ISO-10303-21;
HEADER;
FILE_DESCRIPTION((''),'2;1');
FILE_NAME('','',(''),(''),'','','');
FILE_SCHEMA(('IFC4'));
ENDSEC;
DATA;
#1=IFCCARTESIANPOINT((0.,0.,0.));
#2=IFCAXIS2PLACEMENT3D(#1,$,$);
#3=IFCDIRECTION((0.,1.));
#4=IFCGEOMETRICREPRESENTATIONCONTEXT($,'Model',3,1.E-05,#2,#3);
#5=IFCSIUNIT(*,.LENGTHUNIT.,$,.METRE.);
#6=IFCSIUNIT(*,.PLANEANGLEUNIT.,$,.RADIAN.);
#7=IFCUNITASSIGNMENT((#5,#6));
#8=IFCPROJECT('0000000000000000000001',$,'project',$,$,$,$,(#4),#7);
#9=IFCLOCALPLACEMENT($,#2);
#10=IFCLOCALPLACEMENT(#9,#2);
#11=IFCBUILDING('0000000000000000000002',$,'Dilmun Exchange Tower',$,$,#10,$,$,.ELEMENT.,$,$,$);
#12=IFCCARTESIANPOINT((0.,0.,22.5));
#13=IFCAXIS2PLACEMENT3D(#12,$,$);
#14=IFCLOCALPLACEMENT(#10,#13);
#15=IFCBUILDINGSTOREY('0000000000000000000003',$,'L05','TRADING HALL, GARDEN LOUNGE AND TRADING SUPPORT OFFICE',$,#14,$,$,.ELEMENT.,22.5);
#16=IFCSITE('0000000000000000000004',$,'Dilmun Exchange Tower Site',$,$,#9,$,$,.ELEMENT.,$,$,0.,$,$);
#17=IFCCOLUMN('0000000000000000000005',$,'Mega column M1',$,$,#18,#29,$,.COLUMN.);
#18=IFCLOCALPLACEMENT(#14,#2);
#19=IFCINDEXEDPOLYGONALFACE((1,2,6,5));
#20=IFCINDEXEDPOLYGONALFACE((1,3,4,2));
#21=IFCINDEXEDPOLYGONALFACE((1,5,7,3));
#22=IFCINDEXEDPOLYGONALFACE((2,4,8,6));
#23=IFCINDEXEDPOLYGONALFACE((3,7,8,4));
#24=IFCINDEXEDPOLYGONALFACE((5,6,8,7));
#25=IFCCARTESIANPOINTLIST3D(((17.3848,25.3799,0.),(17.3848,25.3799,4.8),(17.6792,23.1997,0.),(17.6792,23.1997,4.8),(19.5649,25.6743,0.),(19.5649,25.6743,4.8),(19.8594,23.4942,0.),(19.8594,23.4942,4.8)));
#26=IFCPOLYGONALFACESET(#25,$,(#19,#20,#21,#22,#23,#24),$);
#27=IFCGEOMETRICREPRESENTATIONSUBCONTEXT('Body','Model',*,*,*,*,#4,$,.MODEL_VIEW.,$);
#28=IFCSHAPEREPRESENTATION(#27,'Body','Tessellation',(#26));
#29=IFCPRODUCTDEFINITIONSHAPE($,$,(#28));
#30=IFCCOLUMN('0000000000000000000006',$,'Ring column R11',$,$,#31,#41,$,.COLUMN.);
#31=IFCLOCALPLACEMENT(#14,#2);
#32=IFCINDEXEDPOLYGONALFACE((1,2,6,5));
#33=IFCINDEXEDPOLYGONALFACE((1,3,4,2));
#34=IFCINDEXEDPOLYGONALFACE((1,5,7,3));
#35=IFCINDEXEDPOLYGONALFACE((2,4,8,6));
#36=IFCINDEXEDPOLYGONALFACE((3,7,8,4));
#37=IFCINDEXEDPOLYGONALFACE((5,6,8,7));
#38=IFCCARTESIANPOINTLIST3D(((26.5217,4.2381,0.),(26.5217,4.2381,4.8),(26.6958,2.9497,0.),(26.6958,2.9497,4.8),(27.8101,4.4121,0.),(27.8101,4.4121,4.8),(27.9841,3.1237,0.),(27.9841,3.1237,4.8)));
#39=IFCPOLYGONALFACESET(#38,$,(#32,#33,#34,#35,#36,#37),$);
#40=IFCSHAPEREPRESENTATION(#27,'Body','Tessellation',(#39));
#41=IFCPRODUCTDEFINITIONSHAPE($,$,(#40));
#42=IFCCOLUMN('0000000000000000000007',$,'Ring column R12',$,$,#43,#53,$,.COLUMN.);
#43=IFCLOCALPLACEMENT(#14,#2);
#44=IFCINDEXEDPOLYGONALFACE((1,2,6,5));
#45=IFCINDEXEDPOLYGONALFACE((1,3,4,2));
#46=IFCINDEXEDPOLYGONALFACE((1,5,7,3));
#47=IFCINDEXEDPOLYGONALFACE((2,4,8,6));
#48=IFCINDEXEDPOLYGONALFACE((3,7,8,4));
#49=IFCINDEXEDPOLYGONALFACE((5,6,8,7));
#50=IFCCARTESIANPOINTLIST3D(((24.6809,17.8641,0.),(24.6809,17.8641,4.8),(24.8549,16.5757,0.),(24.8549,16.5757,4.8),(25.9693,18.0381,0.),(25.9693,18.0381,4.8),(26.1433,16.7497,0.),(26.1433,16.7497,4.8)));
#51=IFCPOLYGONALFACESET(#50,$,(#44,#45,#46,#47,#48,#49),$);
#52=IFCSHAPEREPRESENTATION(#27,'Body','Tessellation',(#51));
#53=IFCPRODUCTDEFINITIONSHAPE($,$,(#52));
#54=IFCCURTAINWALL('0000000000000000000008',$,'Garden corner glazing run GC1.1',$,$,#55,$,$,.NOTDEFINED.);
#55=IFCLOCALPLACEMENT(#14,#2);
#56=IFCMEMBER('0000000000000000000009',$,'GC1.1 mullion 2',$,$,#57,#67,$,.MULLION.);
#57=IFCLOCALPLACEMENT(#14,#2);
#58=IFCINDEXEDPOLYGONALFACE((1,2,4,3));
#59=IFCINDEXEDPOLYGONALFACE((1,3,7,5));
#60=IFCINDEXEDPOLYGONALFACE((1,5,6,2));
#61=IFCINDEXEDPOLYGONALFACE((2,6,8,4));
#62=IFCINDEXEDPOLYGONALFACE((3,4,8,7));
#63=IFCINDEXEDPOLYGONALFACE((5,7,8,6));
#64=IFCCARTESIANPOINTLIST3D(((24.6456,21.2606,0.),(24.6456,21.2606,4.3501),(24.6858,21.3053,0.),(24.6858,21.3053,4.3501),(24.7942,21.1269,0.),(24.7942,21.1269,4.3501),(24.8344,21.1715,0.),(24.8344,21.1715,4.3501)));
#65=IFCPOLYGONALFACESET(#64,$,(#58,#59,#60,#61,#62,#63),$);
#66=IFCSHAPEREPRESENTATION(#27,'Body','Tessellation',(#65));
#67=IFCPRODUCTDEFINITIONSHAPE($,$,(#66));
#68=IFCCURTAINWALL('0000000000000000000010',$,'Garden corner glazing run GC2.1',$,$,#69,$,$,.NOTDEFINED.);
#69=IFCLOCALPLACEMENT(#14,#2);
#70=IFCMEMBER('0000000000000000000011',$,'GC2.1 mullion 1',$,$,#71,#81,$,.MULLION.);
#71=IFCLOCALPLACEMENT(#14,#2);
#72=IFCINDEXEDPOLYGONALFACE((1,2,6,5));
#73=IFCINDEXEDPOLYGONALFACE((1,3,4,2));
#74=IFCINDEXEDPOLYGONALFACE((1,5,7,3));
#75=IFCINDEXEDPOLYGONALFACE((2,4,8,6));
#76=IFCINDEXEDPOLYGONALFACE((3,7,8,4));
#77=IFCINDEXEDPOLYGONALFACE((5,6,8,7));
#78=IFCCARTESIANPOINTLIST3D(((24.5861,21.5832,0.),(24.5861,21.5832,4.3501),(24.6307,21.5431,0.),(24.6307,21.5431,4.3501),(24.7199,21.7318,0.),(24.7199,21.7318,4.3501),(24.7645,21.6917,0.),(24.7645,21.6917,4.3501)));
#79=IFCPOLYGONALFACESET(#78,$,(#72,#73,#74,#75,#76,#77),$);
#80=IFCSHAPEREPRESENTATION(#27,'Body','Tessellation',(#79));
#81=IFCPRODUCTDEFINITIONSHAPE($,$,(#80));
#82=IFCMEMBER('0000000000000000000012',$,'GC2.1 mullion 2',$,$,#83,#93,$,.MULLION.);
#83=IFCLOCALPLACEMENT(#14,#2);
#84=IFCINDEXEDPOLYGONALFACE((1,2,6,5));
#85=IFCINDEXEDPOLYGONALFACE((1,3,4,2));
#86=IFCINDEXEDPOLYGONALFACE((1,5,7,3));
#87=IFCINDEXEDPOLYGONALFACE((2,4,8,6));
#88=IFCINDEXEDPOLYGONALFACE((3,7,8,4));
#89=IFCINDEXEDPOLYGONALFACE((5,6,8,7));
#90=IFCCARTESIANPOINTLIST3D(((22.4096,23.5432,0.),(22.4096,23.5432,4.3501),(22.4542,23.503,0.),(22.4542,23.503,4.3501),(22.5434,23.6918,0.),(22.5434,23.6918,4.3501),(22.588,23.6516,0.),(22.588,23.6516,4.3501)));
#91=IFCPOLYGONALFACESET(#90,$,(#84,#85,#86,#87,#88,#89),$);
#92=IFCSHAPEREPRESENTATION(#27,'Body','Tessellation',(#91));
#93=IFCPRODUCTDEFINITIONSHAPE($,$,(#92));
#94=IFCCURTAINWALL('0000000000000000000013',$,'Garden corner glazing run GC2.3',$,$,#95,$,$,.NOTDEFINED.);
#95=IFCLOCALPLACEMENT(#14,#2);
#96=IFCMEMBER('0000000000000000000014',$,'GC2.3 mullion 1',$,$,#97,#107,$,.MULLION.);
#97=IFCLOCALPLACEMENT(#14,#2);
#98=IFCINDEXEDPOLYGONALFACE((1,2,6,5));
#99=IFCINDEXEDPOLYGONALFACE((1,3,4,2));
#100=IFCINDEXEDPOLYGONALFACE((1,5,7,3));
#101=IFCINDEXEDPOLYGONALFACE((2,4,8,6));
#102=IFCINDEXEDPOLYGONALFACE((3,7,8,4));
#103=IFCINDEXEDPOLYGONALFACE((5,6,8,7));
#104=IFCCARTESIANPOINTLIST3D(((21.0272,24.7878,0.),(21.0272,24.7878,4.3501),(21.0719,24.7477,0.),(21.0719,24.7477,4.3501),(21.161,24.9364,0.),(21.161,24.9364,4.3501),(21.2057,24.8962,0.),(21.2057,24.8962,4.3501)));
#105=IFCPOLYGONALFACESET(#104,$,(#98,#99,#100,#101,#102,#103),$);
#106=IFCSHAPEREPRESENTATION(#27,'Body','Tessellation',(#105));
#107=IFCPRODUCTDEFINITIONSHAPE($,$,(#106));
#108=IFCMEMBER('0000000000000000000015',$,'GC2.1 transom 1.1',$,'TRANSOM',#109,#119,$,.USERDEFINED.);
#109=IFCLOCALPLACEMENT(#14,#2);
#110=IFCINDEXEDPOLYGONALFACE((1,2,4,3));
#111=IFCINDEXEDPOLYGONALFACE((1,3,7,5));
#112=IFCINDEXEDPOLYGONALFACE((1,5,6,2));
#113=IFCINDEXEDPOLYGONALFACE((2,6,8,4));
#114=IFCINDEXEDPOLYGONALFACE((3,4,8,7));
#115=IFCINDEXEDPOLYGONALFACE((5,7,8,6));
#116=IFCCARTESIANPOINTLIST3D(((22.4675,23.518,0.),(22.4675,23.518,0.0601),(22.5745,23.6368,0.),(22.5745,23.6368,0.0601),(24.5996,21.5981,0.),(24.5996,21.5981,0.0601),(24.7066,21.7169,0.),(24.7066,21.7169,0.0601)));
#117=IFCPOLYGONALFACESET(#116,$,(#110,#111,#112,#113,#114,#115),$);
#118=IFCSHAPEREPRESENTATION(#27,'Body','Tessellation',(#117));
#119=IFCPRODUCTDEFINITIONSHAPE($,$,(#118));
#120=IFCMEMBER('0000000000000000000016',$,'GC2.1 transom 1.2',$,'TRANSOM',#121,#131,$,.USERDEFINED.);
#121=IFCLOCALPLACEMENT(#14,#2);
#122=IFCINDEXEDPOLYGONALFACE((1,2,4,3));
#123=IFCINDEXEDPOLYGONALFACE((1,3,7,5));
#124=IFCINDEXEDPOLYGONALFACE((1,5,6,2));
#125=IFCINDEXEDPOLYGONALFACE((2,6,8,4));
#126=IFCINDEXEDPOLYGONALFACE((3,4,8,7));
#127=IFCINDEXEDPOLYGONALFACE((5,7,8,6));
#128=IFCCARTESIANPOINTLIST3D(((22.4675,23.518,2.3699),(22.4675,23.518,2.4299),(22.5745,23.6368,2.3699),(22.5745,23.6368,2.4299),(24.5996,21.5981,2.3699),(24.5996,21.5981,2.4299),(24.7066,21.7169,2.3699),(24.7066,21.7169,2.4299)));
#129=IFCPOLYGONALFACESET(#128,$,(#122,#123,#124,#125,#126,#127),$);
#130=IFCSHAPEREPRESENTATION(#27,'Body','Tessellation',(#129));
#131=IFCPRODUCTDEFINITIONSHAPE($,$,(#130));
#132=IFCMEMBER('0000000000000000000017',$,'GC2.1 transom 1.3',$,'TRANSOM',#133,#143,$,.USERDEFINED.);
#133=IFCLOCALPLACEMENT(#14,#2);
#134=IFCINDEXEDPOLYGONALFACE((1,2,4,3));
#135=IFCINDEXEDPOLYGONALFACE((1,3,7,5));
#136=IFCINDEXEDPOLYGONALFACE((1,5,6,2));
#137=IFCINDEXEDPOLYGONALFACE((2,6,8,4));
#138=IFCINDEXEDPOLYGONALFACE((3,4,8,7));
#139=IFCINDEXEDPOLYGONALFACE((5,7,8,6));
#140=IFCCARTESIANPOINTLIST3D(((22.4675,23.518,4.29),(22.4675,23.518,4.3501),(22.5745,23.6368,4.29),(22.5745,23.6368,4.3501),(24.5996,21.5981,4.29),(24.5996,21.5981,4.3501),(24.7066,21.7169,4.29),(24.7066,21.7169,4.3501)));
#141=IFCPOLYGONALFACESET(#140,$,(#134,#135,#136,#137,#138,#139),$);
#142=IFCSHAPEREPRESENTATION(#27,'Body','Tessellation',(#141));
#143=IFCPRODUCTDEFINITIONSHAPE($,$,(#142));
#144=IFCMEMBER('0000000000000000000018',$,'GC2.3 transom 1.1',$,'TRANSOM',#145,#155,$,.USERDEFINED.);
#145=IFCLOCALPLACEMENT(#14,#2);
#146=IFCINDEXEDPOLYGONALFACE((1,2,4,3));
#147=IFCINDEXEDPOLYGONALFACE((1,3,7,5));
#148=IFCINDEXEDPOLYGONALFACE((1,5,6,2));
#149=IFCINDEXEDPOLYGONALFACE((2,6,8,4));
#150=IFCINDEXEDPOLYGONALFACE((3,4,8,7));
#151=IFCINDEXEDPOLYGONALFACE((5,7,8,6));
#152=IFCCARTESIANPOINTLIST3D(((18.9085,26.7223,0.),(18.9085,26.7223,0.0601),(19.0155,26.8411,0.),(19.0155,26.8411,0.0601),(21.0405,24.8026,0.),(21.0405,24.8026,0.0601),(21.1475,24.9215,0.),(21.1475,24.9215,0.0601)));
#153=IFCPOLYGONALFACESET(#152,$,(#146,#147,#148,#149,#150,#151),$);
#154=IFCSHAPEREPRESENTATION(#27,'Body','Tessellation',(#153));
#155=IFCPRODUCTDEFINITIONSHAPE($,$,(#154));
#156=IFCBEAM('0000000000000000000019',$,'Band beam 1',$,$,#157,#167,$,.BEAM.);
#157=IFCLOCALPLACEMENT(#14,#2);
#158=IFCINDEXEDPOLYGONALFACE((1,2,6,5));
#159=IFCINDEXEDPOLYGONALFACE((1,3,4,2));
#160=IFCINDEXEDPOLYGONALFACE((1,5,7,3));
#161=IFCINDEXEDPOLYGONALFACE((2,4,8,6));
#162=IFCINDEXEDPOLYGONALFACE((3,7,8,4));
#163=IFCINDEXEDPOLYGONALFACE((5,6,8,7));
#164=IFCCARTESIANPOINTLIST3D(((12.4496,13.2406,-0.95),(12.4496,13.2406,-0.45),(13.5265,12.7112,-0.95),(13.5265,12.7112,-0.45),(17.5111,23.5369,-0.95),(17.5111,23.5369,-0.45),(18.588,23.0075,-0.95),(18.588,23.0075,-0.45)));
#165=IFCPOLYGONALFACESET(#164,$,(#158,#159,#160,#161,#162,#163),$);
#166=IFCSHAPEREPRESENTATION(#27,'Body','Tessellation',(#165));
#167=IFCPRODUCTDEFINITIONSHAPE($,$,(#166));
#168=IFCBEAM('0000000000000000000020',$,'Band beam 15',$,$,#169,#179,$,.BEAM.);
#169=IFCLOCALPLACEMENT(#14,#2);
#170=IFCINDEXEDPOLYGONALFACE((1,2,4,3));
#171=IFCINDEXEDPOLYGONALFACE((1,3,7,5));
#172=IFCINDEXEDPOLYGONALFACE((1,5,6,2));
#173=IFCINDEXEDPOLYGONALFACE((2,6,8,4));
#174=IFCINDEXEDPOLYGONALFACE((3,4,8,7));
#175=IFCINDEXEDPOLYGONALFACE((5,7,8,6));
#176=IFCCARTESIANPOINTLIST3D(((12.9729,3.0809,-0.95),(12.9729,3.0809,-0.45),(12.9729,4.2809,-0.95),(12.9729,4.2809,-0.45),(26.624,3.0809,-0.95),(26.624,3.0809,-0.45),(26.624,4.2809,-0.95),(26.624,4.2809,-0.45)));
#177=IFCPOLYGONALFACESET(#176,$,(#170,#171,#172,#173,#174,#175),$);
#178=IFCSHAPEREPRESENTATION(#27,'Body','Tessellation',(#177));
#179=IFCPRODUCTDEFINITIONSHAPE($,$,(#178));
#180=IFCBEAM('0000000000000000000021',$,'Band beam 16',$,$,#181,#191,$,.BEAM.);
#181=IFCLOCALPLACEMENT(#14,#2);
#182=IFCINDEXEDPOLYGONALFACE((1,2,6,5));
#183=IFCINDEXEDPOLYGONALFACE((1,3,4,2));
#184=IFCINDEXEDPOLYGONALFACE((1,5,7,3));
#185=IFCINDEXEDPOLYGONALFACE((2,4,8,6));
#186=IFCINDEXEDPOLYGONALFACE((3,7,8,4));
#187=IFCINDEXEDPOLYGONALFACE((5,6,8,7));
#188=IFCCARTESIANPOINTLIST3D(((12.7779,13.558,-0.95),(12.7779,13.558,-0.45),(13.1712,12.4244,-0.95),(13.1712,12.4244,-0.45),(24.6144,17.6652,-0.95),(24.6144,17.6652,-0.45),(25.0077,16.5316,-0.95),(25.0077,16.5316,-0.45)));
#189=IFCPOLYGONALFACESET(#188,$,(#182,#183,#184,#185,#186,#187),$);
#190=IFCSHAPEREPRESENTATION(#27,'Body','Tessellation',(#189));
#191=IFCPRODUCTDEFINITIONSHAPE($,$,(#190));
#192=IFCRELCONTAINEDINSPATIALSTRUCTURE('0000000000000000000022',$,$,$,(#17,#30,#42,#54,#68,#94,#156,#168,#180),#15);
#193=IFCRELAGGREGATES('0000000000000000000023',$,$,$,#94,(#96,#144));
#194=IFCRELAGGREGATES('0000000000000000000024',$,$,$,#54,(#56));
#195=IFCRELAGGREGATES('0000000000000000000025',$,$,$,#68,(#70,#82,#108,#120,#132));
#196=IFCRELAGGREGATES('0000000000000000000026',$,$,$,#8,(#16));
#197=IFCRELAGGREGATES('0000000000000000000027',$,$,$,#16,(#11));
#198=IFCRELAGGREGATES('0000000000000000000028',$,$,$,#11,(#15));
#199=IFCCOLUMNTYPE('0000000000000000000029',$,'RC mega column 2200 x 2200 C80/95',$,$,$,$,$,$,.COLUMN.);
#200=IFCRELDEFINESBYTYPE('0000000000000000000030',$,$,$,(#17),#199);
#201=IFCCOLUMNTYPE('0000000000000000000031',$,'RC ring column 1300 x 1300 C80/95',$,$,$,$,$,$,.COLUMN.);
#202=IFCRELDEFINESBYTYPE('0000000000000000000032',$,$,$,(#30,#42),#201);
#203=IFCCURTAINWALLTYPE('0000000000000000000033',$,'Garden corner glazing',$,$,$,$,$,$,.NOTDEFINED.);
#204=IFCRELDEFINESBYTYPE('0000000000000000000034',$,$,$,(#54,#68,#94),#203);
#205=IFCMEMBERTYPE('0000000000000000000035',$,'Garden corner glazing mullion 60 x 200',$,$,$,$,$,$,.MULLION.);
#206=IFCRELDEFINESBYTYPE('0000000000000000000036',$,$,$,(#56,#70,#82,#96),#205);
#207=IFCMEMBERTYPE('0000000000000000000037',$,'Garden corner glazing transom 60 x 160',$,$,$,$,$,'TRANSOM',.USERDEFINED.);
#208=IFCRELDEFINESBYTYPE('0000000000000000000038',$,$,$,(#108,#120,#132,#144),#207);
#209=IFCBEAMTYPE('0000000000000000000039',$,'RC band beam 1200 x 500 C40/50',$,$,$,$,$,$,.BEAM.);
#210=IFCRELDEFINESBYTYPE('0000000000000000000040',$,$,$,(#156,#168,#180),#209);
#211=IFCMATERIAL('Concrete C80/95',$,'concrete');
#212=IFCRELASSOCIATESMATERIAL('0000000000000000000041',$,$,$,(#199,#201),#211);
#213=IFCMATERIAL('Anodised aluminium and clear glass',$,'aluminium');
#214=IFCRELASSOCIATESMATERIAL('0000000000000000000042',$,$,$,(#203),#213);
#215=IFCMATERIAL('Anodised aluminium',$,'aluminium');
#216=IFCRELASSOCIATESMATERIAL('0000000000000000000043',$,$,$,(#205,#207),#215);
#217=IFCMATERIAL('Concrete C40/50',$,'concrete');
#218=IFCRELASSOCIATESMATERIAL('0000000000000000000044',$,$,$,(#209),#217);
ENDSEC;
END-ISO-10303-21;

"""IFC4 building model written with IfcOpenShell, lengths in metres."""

from ifc_helpers import new_model, si_unit, direction, frame, origin, origin_2d, place, context, subcontext, project, spatial, rectangle, extrude, material, material_profile, profile_set, type_object, element, aggregate, save


model = new_model("IFC4")

# Units and contexts
model_context = context("Model", 3, precision=1e-05, world=origin(), true_north=direction((0.0, 1.0)))
body_context = subcontext(model_context, "Body", "Model", "MODEL_VIEW")
ifc_project = project(units=[si_unit("LENGTHUNIT", "METRE"), si_unit("PLANEANGLEUNIT", "RADIAN")], contexts=[model_context])

# Site, building, storey
site_placement = place(None, origin())
site = spatial("IfcSite", under=ifc_project, at=site_placement, Name="Dilmun Exchange Tower Site", CompositionType="ELEMENT", RefElevation=0.0)
building_placement = place(site_placement, origin())
building = spatial("IfcBuilding", under=site, at=building_placement, Name="Dilmun Exchange Tower", CompositionType="ELEMENT")
storey_placement = place(building_placement, frame((0.0, 0.0, 22.5)))
storey = spatial("IfcBuildingStorey", under=building, at=storey_placement, Name="L05", Description="TRADING HALL, GARDEN LOUNGE AND TRADING SUPPORT OFFICE", CompositionType="ELEMENT", Elevation=22.5)

# Columns
ifc_material_1 = material(Name="Concrete C80/95", Category="concrete")
ifc_material_profile_1 = material_profile(ifc_material_1, rectangle(XDim=2.2, YDim=2.2, at=origin_2d()), Name="2200 x 2200")
ifc_profile_set_1 = profile_set([ifc_material_profile_1], Name="Concrete C80/95")
column_type_1 = type_object("IfcColumnType", Name="RC mega column 2200 x 2200 C80/95", PredefinedType="COLUMN", material=ifc_profile_set_1)
column_placement = place(storey_placement, frame((18.6221, 24.437, 0.0), z_axis=(0.0, 0.0, 1.0), x_axis=(0.991001, 0.133853, 0.0)))
element("IfcColumn", 1, at=column_placement, inside=storey, type_object=column_type_1, Name="Mega column M1", PredefinedType="COLUMN", context=body_context, shape_type="SweptSolid", body=[
    extrude(rectangle(XDim=2.2, YDim=2.2, at=origin_2d()), origin(), (0.0, 0.0, 1.0), 4.8),
])
ifc_material_profile_2 = material_profile(ifc_material_1, rectangle(XDim=1.3, YDim=1.3, at=origin_2d()), Name="1300 x 1300")
ifc_profile_set_2 = profile_set([ifc_material_profile_2], Name="Concrete C80/95")
column_type_2 = type_object("IfcColumnType", Name="RC ring column 1300 x 1300 C80/95", PredefinedType="COLUMN", material=ifc_profile_set_2)
for number, where, z_axis, x_axis, name in (
    (2, (27.2529, 3.6809, 0.0), (0.0, 0.0, 1.0), (0.991001, 0.133853, 0.0), "Ring column R11"),
    (3, (25.4121, 17.3069, 0.0), (0.0, 0.0, 1.0), (0.991001, 0.133853, 0.0), "Ring column R12"),
):
    element("IfcColumn", number, at=place(storey_placement, frame(where, z_axis=z_axis, x_axis=x_axis)), inside=storey, type_object=column_type_2, Name=name, PredefinedType="COLUMN", context=body_context, shape_type="SweptSolid", body=[
        extrude(rectangle(XDim=1.3, YDim=1.3, at=origin_2d()), origin(), (0.0, 0.0, 1.0), 4.8),
    ])

# Curtain wall, member
ifc_material_2 = material(Name="Anodised aluminium and clear glass", Category="aluminium")
curtain_wall_type = type_object("IfcCurtainWallType", Name="Garden corner glazing", PredefinedType="NOTDEFINED", material=ifc_material_2)
curtain_wall_1_placement = place(storey_placement, origin())
curtain_wall_1 = element("IfcCurtainWall", 4, at=curtain_wall_1_placement, inside=storey, type_object=curtain_wall_type, Name="Garden corner glazing run GC1.1", PredefinedType="NOTDEFINED")
ifc_material_3 = material(Name="Anodised aluminium", Category="aluminium")
ifc_material_profile_3 = material_profile(ifc_material_3, rectangle(XDim=0.2, YDim=0.0601, at=origin_2d()), Name="AL 60x200")
ifc_profile_set_3 = profile_set([ifc_material_profile_3], Name="Anodised aluminium")
member_type_1 = type_object("IfcMemberType", Name="Garden corner glazing mullion 60 x 200", PredefinedType="MULLION", material=ifc_profile_set_3)
member_1_placement = place(storey_placement, frame((24.74, 21.2161, 0.0), z_axis=(0.0, 0.0, 1.0), x_axis=(0.74315, -0.669125, 0.0)))
member_1 = element("IfcMember", 5, at=member_1_placement, type_object=member_type_1, Name="GC1.1 mullion 2", PredefinedType="MULLION", context=body_context, shape_type="SweptSolid", body=[
    extrude(rectangle(XDim=0.2, YDim=0.0601, at=origin_2d()), origin(), (0.0, 0.0, 1.0), 4.3501),
])

# Curtain wall, members
curtain_wall_2_placement = place(storey_placement, origin())
curtain_wall_2 = element("IfcCurtainWall", 6, at=curtain_wall_2_placement, inside=storey, type_object=curtain_wall_type, Name="Garden corner glazing run GC2.1", PredefinedType="NOTDEFINED")
member_2_placement = place(storey_placement, frame((24.6753, 21.6375, 0.0), z_axis=(0.0, 0.0, 1.0), x_axis=(-0.669137, -0.743139, 0.0)))
member_2 = element("IfcMember", 7, at=member_2_placement, type_object=member_type_1, Name="GC2.1 mullion 1", PredefinedType="MULLION", context=body_context, shape_type="SweptSolid", body=[
    extrude(rectangle(XDim=0.2, YDim=0.0601, at=origin_2d()), origin(), (0.0, 0.0, 1.0), 4.3501),
])
member_3_placement = place(storey_placement, frame((22.4988, 23.5974, 0.0), z_axis=(0.0, 0.0, 1.0), x_axis=(-0.669137, -0.743139, 0.0)))
member_3 = element("IfcMember", 8, at=member_3_placement, type_object=member_type_1, Name="GC2.1 mullion 2", PredefinedType="MULLION", context=body_context, shape_type="SweptSolid", body=[
    extrude(rectangle(XDim=0.2, YDim=0.0601, at=origin_2d()), origin(), (0.0, 0.0, 1.0), 4.3501),
])

# Curtain wall, member
curtain_wall_3_placement = place(storey_placement, origin())
curtain_wall_3 = element("IfcCurtainWall", 9, at=curtain_wall_3_placement, inside=storey, type_object=curtain_wall_type, Name="Garden corner glazing run GC2.3", PredefinedType="NOTDEFINED")
member_4_placement = place(storey_placement, frame((21.1165, 24.842, 0.0), z_axis=(0.0, 0.0, 1.0), x_axis=(-0.669118, -0.743156, 0.0)))
member_4 = element("IfcMember", 10, at=member_4_placement, type_object=member_type_1, Name="GC2.3 mullion 1", PredefinedType="MULLION", context=body_context, shape_type="SweptSolid", body=[
    extrude(rectangle(XDim=0.2, YDim=0.0601, at=origin_2d()), origin(), (0.0, 0.0, 1.0), 4.3501),
])

# Members
ifc_material_profile_4 = material_profile(ifc_material_3, rectangle(XDim=0.1599, YDim=0.0601, at=origin_2d()), Name="AL 60x160")
ifc_profile_set_4 = profile_set([ifc_material_profile_4], Name="Anodised aluminium")
member_type_2 = type_object("IfcMemberType", Name="Garden corner glazing transom 60 x 160", ElementType="TRANSOM", PredefinedType="USERDEFINED", material=ifc_profile_set_4)
member_5_placement = place(storey_placement, frame((24.6531, 21.6575, 0.03), z_axis=(-0.743112, 0.669167, 0.0), x_axis=(-0.669167, -0.743112, 0.0)))
member_5 = element("IfcMember", 11, at=member_5_placement, type_object=member_type_2, Name="GC2.1 transom 1.1", ObjectType="TRANSOM", PredefinedType="USERDEFINED", context=body_context, shape_type="SweptSolid", body=[
    extrude(rectangle(XDim=0.1599, YDim=0.0601, at=origin_2d()), origin(), (0.0, 0.0, 1.0), 2.8691),
])
member_6_placement = place(storey_placement, frame((24.6531, 21.6575, 2.3999), z_axis=(-0.743112, 0.669167, 0.0), x_axis=(-0.669167, -0.743112, 0.0)))
member_6 = element("IfcMember", 12, at=member_6_placement, type_object=member_type_2, Name="GC2.1 transom 1.2", ObjectType="TRANSOM", PredefinedType="USERDEFINED", context=body_context, shape_type="SweptSolid", body=[
    extrude(rectangle(XDim=0.1599, YDim=0.0601, at=origin_2d()), origin(), (0.0, 0.0, 1.0), 2.8691),
])
member_7_placement = place(storey_placement, frame((24.6531, 21.6575, 4.3201), z_axis=(-0.743112, 0.669167, 0.0), x_axis=(-0.669167, -0.743112, 0.0)))
member_7 = element("IfcMember", 13, at=member_7_placement, type_object=member_type_2, Name="GC2.1 transom 1.3", ObjectType="TRANSOM", PredefinedType="USERDEFINED", context=body_context, shape_type="SweptSolid", body=[
    extrude(rectangle(XDim=0.1599, YDim=0.0601, at=origin_2d()), origin(), (0.0, 0.0, 1.0), 2.8691),
])
member_8_placement = place(storey_placement, frame((21.094, 24.8621, 0.03), z_axis=(-0.743154, 0.66912, 0.0), x_axis=(-0.66912, -0.743154, 0.0)))
member_8 = element("IfcMember", 14, at=member_8_placement, type_object=member_type_2, Name="GC2.3 transom 1.1", ObjectType="TRANSOM", PredefinedType="USERDEFINED", context=body_context, shape_type="SweptSolid", body=[
    extrude(rectangle(XDim=0.1599, YDim=0.0601, at=origin_2d()), origin(), (0.0, 0.0, 1.0), 2.8689),
])
aggregate(curtain_wall_3, [member_4, member_8])

# Beams
ifc_material_4 = material(Name="Concrete C40/50", Category="concrete")
ifc_material_profile_5 = material_profile(ifc_material_4, rectangle(XDim=1.2, YDim=0.5, at=origin_2d()), Name="1200 x 500")
ifc_profile_set_5 = profile_set([ifc_material_profile_5], Name="Concrete C40/50")
beam_type_1 = type_object("IfcBeamType", Name="RC band beam 1200 x 500 C40/50", PredefinedType="BEAM", material=ifc_profile_set_5)
beam_1_placement = place(storey_placement, frame((18.0496, 23.2722, -0.7), z_axis=(-0.44116, -0.897428, 0.0), x_axis=(0.897428, -0.44116, 0.0)))
element("IfcBeam", 15, at=beam_1_placement, inside=storey, type_object=beam_type_1, Name="Band beam 1", PredefinedType="BEAM", context=body_context, shape_type="SweptSolid", body=[
    extrude(rectangle(XDim=1.2, YDim=0.5, at=origin_2d()), origin(), (0.0, 0.0, 1.0), 11.4731),
])
beam_2_placement = place(storey_placement, frame((26.624, 3.6809, -0.7), z_axis=(-1.0, 0.0, 0.0), x_axis=(0.0, -1.0, 0.0)))
element("IfcBeam", 16, at=beam_2_placement, inside=storey, type_object=beam_type_1, Name="Band beam 15", PredefinedType="BEAM", context=body_context, shape_type="SweptSolid", body=[
    extrude(rectangle(XDim=1.2, YDim=0.5, at=origin_2d()), origin(), (0.0, 0.0, 1.0), 13.6511),
])
beam_3_placement = place(storey_placement, frame((24.811, 17.0984, -0.7), z_axis=(-0.94474, -0.32782, 0.0), x_axis=(0.32782, -0.94474, 0.0)))
element("IfcBeam", 17, at=beam_3_placement, inside=storey, type_object=beam_type_1, Name="Band beam 16", PredefinedType="BEAM", context=body_context, shape_type="SweptSolid", body=[
    extrude(rectangle(XDim=1.2, YDim=0.5, at=origin_2d()), origin(), (0.0, 0.0, 1.0), 12.5288),
])

aggregate(curtain_wall_1, [member_1])
aggregate(curtain_wall_2, [member_2, member_3, member_5, member_6, member_7])

save(model, "model.ifc")
